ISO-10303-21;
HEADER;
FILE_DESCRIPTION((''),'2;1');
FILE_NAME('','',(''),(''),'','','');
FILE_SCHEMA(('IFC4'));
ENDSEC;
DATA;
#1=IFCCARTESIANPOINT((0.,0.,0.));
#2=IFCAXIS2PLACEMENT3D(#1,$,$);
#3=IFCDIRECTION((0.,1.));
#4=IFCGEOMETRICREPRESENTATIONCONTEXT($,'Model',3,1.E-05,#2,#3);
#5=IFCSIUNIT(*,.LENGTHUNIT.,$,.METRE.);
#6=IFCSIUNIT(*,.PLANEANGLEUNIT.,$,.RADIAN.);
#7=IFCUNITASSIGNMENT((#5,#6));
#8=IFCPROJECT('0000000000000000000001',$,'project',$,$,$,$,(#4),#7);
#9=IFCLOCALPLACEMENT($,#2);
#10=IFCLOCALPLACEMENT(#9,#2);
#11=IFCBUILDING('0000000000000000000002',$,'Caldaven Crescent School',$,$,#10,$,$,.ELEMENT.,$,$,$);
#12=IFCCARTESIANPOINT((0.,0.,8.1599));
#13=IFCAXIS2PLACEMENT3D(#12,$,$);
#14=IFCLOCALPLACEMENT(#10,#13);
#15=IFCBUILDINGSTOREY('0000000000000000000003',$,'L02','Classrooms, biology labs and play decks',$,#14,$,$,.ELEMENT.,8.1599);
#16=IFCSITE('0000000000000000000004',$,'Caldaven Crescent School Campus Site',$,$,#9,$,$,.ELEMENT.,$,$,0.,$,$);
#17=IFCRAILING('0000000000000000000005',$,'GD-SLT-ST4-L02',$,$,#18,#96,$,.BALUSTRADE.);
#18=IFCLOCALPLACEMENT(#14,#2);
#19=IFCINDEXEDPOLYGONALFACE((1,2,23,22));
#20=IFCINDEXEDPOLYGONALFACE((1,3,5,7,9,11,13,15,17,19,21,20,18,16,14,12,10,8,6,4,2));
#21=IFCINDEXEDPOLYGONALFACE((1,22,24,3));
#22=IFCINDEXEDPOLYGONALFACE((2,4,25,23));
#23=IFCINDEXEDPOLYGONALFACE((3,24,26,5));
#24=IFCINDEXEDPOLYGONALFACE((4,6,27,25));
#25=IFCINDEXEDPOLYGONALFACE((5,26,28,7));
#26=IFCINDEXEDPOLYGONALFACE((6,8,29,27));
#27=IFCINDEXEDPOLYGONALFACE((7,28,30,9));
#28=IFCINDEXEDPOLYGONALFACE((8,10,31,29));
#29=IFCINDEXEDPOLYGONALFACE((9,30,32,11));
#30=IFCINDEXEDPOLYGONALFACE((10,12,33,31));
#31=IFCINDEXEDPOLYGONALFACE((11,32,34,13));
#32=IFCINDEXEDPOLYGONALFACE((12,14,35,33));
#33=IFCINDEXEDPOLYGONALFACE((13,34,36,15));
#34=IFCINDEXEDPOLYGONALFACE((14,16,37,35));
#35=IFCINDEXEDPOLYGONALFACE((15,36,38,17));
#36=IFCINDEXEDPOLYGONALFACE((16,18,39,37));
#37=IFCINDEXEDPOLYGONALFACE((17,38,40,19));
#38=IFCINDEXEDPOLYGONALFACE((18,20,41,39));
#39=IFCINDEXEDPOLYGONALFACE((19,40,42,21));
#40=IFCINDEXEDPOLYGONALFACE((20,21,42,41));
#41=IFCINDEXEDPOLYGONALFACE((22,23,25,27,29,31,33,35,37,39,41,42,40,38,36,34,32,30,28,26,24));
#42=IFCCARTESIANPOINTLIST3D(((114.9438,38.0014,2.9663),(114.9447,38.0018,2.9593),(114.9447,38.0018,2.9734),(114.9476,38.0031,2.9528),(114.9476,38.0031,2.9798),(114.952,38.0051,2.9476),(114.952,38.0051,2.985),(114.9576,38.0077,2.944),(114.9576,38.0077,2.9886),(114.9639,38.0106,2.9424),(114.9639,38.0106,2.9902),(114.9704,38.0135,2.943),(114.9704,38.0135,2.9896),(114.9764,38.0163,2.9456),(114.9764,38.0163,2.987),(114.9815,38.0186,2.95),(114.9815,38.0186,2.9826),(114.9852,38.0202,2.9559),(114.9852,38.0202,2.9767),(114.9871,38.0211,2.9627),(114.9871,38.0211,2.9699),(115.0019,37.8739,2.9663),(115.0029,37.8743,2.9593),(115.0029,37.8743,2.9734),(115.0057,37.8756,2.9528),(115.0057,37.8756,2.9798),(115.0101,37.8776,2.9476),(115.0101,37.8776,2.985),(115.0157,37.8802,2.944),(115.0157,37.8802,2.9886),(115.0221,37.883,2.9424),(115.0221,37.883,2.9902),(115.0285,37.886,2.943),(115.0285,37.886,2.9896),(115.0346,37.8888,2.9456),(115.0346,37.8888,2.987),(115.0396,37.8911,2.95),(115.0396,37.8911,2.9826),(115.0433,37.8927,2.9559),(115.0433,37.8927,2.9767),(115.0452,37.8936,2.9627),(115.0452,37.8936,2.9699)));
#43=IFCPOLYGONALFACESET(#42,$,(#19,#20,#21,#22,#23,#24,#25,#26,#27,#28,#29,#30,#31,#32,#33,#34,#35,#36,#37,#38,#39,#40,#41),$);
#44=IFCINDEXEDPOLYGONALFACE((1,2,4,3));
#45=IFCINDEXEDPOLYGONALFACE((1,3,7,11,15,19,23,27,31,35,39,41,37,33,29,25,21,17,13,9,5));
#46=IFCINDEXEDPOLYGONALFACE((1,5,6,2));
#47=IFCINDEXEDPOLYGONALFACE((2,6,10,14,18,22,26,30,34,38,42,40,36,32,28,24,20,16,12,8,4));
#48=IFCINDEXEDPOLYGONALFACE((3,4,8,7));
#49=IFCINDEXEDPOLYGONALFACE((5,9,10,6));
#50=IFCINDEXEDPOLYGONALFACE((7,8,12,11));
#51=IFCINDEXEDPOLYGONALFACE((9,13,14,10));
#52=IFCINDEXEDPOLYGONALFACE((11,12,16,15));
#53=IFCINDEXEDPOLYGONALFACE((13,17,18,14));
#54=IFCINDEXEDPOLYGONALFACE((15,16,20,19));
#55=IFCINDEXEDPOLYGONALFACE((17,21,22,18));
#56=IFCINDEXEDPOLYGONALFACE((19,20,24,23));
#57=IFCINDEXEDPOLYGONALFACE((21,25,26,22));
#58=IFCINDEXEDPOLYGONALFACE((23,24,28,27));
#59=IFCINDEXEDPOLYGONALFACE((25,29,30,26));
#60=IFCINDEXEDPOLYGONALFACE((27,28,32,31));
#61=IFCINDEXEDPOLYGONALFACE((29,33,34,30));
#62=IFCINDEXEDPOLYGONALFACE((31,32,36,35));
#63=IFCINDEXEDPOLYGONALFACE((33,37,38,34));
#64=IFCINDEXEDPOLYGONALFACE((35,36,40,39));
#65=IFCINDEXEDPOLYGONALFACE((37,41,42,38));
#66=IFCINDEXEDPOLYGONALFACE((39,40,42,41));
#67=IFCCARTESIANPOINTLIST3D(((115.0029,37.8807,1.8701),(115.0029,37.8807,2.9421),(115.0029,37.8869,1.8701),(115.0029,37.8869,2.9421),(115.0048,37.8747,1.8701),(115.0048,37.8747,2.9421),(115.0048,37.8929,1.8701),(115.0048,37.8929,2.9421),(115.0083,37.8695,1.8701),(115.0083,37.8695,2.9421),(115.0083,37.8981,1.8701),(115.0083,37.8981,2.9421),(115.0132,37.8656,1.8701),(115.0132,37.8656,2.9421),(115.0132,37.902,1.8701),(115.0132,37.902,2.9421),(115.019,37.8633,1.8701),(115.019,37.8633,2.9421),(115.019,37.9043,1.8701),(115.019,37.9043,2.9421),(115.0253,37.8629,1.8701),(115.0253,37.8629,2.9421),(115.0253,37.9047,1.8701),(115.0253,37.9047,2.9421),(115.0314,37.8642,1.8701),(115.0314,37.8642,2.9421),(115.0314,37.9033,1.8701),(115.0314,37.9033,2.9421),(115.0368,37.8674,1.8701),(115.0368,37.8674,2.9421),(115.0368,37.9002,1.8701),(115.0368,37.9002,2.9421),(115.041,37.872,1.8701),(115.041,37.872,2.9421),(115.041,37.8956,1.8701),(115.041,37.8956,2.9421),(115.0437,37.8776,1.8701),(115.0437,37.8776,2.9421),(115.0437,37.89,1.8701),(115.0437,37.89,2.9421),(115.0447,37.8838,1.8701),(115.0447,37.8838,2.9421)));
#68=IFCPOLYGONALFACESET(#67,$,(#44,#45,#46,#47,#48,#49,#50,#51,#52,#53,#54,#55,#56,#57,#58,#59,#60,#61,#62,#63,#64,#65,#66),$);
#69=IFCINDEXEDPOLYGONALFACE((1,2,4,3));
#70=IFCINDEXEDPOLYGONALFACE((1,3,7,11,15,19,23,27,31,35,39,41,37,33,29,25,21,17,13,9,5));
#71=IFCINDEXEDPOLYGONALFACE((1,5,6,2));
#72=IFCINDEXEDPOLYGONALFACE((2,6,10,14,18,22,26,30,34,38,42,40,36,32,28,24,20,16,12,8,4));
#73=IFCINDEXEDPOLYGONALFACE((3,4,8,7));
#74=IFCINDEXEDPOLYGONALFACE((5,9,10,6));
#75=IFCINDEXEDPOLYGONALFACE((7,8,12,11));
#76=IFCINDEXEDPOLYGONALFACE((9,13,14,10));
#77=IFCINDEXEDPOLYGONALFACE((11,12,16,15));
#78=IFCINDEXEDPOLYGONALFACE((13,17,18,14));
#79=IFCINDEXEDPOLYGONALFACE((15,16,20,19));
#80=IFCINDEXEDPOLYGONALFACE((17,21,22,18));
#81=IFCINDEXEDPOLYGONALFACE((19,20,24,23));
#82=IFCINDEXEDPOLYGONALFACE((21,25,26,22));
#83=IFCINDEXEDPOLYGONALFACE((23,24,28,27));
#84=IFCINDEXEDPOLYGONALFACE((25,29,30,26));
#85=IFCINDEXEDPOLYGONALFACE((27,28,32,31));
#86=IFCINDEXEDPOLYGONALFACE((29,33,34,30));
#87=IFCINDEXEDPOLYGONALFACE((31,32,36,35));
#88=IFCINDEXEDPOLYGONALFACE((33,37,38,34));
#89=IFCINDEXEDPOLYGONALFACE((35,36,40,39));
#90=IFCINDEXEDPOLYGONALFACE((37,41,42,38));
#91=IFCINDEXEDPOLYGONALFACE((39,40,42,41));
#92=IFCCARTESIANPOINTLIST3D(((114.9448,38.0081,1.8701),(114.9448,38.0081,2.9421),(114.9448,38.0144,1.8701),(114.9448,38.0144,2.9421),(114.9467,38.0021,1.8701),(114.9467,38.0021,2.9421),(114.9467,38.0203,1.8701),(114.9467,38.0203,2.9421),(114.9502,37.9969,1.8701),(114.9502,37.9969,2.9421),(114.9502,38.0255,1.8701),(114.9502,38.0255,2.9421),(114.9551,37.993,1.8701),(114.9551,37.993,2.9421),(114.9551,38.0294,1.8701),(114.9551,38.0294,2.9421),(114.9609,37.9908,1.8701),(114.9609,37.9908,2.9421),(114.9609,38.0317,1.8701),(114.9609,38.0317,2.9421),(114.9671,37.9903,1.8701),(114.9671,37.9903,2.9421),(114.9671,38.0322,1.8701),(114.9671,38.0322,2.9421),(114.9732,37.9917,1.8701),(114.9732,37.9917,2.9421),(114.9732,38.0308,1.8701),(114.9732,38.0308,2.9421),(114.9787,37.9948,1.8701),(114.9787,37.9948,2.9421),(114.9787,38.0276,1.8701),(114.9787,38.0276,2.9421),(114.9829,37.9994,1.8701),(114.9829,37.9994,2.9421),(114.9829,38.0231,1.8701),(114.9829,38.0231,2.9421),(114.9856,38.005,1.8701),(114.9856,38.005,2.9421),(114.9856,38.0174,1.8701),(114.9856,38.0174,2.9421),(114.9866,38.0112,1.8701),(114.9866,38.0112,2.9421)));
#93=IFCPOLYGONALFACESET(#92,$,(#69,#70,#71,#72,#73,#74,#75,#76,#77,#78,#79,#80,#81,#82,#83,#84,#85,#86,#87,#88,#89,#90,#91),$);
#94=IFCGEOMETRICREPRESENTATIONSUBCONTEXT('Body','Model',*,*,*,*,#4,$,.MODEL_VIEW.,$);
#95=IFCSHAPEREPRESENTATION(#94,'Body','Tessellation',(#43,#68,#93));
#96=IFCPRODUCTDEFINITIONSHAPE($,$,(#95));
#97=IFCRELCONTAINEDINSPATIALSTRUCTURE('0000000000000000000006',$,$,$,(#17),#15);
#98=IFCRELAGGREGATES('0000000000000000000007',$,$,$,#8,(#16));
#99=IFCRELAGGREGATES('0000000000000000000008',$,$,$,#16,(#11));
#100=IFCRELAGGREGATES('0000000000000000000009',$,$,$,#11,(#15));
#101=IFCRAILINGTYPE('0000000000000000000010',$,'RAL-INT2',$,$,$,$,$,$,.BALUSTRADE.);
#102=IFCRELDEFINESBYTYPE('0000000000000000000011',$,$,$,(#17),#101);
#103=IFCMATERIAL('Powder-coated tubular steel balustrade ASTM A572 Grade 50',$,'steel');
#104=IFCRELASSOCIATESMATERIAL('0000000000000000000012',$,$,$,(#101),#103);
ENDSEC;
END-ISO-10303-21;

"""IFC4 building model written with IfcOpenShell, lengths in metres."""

from ifc_helpers import new_model, si_unit, direction, frame, origin, origin_2d, place, context, subcontext, project, spatial, circle, extrude, material, type_object, element, save


model = new_model("IFC4")

# Units and contexts
model_context = context("Model", 3, precision=1e-05, world=origin(), true_north=direction((0.0, 1.0)))
body_context = subcontext(model_context, "Body", "Model", "MODEL_VIEW")
ifc_project = project(units=[si_unit("LENGTHUNIT", "METRE"), si_unit("PLANEANGLEUNIT", "RADIAN")], contexts=[model_context])

# Site, building, storey
site_placement = place(None, origin())
site = spatial("IfcSite", under=ifc_project, at=site_placement, Name="Caldaven Crescent School Campus Site", CompositionType="ELEMENT", RefElevation=0.0)
building_placement = place(site_placement, origin())
building = spatial("IfcBuilding", under=site, at=building_placement, Name="Caldaven Crescent School", CompositionType="ELEMENT")
storey_placement = place(building_placement, frame((0.0, 0.0, 8.1599)))
storey = spatial("IfcBuildingStorey", under=building, at=storey_placement, Name="L02", Description="Classrooms, biology labs and play decks", CompositionType="ELEMENT", Elevation=8.1599)

# Railing
ifc_material_1 = material(Name="Powder-coated tubular steel balustrade ASTM A572 Grade 50", Category="steel")
railing_type_1 = type_object("IfcRailingType", Name="RAL-INT2", PredefinedType="BALUSTRADE", material=ifc_material_1)
railing_1_placement = place(storey_placement, frame((115.0237, 37.8838, 1.8701)))
element("IfcRailing", 1, at=railing_1_placement, inside=storey, type_object=railing_type_1, Name="GD-SLT-ST4-L02", PredefinedType="BALUSTRADE", context=body_context, shape_type="SweptSolid", body=[
    extrude(circle(Radius=0.0239, at=origin_2d()), frame((0.0, 0.0, 1.0962), z_axis=(-0.414853, 0.909888, 0.0), x_axis=(-0.909888, -0.414853, 0.0)), (0.0, 0.0, 1.0), 0.1401),
    extrude(circle(Radius=0.021, at=origin_2d()), origin(), (0.0, 0.0, 1.0), 1.072),
    extrude(circle(Radius=0.021, at=origin_2d()), frame((-0.0581, 0.1274, 0.0)), (0.0, 0.0, 1.0), 1.072),
])

save(model, "model.ifc")
